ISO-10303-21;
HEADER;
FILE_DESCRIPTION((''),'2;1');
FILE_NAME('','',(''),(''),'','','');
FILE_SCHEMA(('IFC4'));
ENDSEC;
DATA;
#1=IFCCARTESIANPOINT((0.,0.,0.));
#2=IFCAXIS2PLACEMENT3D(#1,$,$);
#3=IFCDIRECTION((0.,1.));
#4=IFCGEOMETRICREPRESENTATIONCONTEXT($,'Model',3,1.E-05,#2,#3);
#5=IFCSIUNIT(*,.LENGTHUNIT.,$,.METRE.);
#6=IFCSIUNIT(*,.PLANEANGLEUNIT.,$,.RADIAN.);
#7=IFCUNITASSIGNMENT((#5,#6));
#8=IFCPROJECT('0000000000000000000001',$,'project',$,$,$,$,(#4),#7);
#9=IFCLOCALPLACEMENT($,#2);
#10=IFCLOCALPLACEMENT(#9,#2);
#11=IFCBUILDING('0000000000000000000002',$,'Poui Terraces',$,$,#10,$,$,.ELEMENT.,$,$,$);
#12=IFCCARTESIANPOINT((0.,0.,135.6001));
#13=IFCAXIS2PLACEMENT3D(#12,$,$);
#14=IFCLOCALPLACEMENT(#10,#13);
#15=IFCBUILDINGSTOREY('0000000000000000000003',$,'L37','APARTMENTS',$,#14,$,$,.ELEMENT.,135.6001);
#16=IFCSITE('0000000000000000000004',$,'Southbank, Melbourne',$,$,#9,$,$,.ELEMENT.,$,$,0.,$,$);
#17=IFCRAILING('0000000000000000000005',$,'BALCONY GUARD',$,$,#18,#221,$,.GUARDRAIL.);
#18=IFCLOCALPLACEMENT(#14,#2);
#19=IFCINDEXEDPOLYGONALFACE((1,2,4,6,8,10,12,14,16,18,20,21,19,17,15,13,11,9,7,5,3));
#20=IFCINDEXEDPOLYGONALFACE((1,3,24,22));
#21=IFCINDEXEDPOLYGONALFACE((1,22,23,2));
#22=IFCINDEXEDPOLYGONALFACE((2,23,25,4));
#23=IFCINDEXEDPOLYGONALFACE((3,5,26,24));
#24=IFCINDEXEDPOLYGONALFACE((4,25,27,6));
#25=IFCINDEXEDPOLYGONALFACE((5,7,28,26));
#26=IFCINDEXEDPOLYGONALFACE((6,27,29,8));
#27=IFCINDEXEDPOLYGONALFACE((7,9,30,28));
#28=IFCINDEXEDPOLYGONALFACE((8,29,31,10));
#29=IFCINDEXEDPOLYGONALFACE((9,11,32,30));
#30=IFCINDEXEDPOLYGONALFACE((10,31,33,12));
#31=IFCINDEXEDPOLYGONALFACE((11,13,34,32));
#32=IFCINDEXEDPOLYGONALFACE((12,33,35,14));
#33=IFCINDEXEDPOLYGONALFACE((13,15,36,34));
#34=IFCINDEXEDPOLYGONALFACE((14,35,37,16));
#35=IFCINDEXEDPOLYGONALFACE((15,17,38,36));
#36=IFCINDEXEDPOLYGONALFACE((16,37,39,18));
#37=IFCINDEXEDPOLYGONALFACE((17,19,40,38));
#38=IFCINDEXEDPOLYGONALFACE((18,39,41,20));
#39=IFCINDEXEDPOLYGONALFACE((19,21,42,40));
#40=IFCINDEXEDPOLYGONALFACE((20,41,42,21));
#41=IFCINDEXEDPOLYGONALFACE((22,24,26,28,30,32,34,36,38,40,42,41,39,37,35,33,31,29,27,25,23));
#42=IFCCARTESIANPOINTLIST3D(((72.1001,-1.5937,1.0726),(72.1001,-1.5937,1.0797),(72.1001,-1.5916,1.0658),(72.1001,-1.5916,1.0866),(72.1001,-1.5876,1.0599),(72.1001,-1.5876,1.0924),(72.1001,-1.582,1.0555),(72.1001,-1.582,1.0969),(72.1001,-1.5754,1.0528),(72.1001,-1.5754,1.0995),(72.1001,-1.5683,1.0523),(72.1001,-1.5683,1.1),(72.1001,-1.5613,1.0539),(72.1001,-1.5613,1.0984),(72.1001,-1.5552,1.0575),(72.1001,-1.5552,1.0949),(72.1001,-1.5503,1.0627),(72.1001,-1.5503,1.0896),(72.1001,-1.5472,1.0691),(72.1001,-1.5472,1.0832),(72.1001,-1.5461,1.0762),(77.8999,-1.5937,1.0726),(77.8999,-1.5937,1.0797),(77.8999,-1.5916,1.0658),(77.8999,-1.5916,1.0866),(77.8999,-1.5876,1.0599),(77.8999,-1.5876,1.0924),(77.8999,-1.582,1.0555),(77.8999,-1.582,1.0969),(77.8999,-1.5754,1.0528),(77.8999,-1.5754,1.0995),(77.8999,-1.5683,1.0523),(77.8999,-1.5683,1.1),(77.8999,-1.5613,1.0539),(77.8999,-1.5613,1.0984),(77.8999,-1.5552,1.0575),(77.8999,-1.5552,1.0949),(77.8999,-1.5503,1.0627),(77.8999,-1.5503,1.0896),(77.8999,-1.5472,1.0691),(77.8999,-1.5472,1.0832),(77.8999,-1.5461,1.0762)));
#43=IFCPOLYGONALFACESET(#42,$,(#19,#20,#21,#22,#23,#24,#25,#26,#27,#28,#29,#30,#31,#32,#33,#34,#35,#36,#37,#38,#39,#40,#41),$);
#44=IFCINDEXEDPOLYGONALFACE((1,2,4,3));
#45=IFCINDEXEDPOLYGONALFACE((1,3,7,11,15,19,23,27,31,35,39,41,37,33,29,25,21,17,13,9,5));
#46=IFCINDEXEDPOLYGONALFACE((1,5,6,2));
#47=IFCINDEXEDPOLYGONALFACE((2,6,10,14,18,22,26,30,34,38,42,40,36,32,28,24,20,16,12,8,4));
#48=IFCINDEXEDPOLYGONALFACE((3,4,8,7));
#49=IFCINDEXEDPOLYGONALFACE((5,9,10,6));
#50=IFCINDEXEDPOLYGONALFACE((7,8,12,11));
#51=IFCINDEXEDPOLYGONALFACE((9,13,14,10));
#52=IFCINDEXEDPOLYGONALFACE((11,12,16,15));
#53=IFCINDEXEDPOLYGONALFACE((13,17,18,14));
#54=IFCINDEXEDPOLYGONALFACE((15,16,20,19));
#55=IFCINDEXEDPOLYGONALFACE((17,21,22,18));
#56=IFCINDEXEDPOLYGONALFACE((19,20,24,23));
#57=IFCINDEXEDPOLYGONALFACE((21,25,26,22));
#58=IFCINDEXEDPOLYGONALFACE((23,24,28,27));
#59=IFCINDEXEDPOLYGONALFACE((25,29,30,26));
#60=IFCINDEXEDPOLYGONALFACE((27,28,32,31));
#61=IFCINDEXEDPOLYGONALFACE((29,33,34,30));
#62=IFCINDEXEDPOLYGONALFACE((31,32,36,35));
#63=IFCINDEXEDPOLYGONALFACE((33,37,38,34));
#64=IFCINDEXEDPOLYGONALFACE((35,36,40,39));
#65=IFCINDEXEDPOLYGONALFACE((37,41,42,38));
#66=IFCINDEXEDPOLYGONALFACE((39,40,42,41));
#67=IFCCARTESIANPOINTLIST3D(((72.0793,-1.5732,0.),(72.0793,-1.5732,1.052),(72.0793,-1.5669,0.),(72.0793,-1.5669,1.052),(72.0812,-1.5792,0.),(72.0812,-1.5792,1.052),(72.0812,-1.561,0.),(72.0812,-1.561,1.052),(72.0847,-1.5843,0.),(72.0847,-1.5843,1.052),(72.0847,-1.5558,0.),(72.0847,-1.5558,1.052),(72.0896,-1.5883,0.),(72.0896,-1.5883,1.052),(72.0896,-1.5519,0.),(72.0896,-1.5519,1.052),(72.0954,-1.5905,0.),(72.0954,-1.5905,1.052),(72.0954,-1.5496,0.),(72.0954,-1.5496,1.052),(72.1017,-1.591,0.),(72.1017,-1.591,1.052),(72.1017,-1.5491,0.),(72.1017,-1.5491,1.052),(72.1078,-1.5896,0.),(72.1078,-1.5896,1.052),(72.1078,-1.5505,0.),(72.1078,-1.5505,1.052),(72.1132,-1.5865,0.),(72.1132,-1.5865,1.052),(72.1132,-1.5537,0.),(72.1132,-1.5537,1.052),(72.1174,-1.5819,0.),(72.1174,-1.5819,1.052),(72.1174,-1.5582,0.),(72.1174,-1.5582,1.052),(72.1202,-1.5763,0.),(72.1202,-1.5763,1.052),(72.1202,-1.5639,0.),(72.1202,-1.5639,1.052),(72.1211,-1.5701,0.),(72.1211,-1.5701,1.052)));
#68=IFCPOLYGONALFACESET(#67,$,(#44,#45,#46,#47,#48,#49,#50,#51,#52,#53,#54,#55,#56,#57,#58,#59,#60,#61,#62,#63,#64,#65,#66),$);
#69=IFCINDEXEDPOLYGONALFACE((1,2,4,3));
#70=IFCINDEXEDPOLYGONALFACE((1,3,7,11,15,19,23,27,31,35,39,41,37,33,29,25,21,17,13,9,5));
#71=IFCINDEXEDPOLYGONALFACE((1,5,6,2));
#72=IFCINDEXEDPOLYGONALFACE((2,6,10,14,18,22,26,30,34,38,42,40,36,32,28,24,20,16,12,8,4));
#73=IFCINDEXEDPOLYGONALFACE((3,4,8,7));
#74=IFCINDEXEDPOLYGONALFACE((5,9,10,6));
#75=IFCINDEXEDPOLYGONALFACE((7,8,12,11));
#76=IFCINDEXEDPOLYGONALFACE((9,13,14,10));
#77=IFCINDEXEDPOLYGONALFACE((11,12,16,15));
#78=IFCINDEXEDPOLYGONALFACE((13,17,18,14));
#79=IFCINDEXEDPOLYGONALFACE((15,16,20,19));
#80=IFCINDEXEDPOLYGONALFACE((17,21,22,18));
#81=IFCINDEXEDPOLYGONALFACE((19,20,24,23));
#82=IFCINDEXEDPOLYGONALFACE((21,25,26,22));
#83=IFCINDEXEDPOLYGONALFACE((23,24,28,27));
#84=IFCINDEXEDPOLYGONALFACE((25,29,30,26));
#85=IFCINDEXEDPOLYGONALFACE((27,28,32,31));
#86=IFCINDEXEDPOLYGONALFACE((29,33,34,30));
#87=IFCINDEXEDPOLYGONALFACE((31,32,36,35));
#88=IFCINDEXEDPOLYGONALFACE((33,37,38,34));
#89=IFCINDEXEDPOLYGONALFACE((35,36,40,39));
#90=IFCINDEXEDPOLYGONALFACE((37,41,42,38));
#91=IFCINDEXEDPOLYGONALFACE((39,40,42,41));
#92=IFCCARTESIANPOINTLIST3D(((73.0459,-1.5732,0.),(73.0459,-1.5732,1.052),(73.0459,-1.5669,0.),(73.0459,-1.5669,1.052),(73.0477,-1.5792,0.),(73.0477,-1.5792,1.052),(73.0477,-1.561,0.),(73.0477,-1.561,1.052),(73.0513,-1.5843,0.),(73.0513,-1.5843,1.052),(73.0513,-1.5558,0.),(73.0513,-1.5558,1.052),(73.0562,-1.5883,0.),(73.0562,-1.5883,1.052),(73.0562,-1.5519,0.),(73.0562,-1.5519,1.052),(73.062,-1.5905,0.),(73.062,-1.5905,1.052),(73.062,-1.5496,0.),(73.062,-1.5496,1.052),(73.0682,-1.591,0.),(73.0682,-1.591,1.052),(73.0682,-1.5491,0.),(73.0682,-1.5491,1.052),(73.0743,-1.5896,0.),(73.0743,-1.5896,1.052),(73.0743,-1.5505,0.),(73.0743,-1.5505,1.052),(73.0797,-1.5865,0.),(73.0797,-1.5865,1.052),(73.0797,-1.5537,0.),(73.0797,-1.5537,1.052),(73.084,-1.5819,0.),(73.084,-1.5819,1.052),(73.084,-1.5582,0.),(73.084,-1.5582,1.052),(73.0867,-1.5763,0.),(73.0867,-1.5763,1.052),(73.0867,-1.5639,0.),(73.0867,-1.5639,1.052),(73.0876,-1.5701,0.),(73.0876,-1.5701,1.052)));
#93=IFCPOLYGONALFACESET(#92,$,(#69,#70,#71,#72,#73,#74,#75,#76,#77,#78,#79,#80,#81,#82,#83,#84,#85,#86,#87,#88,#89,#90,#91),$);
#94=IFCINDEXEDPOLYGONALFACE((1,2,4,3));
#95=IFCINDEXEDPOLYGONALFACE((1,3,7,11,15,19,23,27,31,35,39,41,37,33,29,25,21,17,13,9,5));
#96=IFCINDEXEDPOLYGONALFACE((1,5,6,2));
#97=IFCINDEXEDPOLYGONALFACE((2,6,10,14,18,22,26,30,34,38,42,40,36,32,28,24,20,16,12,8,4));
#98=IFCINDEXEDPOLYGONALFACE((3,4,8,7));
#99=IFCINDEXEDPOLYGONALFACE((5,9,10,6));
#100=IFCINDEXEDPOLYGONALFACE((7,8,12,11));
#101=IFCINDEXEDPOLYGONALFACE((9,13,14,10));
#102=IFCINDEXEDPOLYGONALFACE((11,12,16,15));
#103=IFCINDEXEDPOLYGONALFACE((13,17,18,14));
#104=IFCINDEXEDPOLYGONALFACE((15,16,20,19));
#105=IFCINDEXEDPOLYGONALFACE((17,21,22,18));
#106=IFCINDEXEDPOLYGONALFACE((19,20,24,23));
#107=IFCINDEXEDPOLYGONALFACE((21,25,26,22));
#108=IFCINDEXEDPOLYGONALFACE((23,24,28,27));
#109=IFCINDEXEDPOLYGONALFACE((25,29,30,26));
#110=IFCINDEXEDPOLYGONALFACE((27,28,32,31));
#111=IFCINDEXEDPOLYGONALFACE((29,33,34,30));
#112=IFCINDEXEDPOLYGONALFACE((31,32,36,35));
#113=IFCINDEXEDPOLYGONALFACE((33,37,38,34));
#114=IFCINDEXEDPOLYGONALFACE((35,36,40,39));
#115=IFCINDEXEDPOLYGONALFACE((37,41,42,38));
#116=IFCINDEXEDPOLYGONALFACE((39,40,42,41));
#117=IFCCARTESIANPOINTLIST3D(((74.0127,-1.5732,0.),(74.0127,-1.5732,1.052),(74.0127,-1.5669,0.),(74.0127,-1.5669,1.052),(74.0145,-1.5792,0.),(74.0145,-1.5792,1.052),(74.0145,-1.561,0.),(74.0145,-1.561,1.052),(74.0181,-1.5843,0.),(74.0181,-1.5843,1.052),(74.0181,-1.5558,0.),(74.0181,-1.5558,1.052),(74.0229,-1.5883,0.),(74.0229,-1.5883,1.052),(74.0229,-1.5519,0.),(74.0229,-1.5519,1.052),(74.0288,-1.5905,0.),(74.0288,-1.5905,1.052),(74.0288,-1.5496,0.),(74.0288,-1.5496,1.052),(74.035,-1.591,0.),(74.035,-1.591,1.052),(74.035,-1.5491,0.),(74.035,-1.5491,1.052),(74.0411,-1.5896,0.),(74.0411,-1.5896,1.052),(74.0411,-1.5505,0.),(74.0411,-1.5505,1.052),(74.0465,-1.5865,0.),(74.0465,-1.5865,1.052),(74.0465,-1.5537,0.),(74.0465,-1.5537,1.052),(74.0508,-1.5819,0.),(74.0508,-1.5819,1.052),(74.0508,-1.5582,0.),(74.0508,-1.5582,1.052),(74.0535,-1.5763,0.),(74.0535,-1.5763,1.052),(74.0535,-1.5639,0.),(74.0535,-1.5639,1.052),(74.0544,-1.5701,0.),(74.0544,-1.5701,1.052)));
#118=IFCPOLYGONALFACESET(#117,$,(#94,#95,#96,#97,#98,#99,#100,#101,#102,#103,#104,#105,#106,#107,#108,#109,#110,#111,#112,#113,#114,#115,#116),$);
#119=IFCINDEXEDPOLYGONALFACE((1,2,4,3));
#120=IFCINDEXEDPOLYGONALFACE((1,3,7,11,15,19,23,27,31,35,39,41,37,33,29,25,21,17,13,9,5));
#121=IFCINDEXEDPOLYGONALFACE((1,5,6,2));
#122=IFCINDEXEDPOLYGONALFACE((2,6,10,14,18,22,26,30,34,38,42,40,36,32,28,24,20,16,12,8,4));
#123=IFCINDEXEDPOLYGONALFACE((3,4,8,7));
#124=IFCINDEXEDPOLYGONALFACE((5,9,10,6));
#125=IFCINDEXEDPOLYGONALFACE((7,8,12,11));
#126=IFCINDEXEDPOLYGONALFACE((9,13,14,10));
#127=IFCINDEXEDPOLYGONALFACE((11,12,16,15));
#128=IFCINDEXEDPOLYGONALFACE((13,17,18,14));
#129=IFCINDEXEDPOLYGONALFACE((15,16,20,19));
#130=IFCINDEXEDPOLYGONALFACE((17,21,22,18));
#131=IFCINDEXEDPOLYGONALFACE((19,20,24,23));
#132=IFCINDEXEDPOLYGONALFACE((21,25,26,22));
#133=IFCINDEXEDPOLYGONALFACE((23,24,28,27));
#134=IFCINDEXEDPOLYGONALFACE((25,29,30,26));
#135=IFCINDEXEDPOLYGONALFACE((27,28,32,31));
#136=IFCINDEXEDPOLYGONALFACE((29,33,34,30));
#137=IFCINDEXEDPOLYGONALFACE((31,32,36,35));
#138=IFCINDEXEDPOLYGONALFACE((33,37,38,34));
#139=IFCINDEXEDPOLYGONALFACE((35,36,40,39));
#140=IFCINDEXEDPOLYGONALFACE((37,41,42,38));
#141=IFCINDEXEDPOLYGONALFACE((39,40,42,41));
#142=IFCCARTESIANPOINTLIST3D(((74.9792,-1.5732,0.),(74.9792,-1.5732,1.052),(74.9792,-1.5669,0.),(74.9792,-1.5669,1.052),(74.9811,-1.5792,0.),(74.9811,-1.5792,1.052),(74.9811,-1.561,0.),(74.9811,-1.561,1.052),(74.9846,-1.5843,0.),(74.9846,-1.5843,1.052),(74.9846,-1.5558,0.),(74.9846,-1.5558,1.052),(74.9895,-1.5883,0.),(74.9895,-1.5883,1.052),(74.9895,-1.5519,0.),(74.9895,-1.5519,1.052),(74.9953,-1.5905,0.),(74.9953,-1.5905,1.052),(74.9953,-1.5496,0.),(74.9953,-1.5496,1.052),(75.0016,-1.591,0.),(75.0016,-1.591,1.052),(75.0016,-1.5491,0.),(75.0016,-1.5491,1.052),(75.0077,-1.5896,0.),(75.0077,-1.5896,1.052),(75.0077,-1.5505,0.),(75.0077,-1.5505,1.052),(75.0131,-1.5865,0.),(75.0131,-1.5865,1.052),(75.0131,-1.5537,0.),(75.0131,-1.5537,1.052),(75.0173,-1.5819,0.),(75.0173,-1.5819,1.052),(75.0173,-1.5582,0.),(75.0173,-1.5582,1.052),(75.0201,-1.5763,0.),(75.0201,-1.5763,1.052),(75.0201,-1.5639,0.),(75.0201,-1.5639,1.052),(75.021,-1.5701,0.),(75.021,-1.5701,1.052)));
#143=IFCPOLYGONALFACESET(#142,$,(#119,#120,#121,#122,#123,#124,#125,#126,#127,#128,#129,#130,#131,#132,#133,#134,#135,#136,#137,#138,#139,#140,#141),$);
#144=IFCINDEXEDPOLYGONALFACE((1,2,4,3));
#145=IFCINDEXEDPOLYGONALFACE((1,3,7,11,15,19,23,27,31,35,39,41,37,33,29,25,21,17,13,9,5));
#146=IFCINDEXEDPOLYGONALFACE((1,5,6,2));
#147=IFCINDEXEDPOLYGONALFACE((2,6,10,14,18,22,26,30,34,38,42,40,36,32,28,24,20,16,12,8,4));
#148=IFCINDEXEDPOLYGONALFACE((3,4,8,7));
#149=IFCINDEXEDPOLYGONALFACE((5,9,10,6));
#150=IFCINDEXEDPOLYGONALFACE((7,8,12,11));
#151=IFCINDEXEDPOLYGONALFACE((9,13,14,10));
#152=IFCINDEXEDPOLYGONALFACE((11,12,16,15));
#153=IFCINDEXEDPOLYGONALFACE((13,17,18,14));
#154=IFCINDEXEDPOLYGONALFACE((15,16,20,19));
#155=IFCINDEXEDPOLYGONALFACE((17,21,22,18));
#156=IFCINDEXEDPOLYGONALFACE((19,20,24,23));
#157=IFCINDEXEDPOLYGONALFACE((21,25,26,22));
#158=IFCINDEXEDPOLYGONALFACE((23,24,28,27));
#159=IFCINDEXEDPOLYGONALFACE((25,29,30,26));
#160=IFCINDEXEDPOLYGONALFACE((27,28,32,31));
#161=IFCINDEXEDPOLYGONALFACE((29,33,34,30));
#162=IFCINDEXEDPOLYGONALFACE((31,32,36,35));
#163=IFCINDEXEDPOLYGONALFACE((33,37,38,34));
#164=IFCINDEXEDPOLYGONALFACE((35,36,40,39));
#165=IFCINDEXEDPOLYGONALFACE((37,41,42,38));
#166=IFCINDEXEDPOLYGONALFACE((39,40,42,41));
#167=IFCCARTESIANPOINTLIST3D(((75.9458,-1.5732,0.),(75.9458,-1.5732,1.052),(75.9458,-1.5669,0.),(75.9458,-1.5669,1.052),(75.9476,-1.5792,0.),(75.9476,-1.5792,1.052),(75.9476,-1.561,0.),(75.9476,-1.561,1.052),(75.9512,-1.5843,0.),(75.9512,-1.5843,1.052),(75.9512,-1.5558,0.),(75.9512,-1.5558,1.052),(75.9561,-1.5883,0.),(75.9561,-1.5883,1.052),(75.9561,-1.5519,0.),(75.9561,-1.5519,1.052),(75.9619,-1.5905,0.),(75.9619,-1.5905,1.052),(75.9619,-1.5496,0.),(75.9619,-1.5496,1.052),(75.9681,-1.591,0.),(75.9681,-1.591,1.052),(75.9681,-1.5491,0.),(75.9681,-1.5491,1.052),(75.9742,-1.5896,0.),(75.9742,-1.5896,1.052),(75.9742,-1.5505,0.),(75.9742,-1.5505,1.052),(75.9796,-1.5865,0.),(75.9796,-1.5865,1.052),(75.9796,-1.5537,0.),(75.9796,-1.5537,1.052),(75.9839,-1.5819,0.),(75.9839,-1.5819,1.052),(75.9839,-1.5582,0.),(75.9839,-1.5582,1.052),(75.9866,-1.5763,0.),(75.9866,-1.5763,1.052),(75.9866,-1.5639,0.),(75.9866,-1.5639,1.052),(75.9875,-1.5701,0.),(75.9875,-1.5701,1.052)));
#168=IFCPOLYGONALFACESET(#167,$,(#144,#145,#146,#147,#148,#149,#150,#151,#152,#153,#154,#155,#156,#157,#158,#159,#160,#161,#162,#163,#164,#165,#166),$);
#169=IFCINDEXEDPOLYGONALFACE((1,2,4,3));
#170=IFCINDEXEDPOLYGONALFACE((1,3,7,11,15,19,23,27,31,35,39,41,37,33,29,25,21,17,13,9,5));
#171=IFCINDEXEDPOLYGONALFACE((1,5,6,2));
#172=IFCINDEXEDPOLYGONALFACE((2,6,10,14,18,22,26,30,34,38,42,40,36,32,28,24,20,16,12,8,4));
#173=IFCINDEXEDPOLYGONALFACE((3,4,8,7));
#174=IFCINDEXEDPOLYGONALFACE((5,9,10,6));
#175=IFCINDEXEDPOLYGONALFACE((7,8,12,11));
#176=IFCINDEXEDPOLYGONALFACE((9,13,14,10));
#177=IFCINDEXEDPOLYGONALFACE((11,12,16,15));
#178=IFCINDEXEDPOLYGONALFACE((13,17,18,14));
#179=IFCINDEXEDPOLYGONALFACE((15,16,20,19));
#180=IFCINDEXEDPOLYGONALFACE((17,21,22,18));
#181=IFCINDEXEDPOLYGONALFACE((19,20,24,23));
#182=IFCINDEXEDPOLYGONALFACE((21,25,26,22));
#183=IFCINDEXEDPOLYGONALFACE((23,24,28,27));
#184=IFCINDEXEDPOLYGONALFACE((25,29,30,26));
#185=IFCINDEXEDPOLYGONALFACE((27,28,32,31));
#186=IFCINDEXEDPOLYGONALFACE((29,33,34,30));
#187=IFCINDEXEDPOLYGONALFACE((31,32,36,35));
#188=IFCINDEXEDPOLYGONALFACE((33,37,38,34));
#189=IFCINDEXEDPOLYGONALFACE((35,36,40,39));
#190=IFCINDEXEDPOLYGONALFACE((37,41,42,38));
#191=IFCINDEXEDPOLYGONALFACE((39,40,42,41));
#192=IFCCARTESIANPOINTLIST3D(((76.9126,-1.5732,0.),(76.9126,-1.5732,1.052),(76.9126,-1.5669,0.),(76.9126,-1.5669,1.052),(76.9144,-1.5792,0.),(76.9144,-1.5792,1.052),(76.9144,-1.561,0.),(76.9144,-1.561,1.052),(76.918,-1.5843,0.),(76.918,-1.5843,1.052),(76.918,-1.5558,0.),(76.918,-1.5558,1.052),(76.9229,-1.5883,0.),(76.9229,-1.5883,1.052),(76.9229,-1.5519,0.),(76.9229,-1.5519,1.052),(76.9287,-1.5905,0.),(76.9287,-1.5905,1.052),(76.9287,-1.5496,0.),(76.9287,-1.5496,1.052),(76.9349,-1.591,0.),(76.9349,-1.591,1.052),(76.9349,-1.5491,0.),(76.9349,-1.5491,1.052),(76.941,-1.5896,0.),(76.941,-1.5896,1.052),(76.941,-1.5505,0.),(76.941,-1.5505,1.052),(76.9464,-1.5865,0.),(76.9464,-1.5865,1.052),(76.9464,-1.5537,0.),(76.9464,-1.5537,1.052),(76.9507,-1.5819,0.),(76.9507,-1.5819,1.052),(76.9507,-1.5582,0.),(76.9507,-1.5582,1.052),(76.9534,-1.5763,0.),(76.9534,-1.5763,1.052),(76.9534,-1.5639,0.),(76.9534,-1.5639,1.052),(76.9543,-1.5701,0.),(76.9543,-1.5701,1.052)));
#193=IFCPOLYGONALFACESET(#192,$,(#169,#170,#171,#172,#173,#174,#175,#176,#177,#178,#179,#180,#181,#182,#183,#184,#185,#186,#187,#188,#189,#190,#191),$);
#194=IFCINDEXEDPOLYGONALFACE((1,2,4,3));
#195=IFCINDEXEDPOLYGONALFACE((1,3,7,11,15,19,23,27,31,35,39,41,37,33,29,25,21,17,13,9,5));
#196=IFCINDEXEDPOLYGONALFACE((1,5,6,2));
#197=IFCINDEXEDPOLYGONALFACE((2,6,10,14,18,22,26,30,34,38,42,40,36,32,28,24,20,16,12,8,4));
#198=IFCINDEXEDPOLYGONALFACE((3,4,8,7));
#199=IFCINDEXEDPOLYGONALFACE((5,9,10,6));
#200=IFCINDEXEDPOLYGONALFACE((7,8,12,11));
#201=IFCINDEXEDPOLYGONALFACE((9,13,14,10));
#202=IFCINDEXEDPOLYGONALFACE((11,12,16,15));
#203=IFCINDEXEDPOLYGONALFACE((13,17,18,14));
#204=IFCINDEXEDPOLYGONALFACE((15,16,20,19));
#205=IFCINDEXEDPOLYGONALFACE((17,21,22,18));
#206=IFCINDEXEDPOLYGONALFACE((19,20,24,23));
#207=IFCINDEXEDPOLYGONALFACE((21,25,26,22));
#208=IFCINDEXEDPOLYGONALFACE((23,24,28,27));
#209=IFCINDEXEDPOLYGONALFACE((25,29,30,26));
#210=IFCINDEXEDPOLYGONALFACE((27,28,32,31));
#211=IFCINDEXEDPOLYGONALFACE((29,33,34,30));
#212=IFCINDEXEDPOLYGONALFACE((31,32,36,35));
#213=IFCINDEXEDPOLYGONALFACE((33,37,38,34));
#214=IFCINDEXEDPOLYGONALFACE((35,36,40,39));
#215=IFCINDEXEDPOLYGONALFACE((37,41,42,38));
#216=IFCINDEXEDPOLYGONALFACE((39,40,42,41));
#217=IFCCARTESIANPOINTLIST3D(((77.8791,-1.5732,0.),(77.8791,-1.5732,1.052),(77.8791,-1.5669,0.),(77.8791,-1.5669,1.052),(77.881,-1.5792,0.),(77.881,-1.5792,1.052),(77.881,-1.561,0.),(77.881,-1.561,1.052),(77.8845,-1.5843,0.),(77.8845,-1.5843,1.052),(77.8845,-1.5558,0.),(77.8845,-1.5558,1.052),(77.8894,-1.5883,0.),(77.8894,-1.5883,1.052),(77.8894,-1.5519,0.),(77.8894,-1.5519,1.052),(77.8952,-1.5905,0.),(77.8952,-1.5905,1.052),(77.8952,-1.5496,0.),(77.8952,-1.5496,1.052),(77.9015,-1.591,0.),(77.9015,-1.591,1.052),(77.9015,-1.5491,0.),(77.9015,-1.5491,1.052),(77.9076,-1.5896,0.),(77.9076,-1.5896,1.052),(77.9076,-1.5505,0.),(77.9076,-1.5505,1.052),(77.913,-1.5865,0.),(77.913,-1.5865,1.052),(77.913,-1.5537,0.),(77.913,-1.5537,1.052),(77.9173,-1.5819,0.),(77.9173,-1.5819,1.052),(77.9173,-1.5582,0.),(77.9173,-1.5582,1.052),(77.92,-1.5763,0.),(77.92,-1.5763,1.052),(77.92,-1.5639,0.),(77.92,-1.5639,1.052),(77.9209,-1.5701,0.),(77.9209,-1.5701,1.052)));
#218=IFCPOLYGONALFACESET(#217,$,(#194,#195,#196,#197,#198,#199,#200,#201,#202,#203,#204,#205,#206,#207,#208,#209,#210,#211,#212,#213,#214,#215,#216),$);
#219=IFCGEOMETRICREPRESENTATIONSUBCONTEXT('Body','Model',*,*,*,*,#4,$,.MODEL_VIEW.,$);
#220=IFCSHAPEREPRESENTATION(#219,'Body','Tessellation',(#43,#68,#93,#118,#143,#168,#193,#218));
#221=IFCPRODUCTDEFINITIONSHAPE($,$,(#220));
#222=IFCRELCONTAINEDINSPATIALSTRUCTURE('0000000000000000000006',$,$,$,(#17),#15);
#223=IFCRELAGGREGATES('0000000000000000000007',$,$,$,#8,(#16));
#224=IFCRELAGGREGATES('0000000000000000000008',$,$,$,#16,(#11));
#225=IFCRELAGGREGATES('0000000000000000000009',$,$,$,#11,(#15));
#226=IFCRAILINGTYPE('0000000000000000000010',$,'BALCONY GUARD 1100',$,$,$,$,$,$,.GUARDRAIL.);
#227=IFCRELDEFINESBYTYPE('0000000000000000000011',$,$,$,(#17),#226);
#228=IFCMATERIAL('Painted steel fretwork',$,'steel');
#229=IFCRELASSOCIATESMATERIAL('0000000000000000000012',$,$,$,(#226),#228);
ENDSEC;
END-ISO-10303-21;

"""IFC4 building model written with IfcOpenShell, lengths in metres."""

from ifc_helpers import new_model, si_unit, direction, frame, origin, origin_2d, place, context, subcontext, project, spatial, circle, extrude, material, type_object, element, save


model = new_model("IFC4")

# Units and contexts
model_context = context("Model", 3, precision=1e-05, world=origin(), true_north=direction((0.0, 1.0)))
body_context = subcontext(model_context, "Body", "Model", "MODEL_VIEW")
ifc_project = project(units=[si_unit("LENGTHUNIT", "METRE"), si_unit("PLANEANGLEUNIT", "RADIAN")], contexts=[model_context])

# Site, building, storey
site_placement = place(None, origin())
site = spatial("IfcSite", under=ifc_project, at=site_placement, Name="Southbank, Melbourne", CompositionType="ELEMENT", RefElevation=0.0)
building_placement = place(site_placement, origin())
building = spatial("IfcBuilding", under=site, at=building_placement, Name="Poui Terraces", CompositionType="ELEMENT")
storey_placement = place(building_placement, frame((0.0, 0.0, 135.6001)))
storey = spatial("IfcBuildingStorey", under=building, at=storey_placement, Name="L37", Description="APARTMENTS", CompositionType="ELEMENT", Elevation=135.6001)

# Railing
ifc_material_1 = material(Name="Painted steel fretwork", Category="steel")
railing_type_1 = type_object("IfcRailingType", Name="BALCONY GUARD 1100", PredefinedType="GUARDRAIL", material=ifc_material_1)
railing_1_placement = place(storey_placement, frame((72.1001, -1.5701, 0.0)))
element("IfcRailing", 1, at=railing_1_placement, inside=storey, type_object=railing_type_1, Name="BALCONY GUARD", PredefinedType="GUARDRAIL", context=body_context, shape_type="SweptSolid", body=[
    extrude(circle(Radius=0.0239, at=origin_2d()), frame((0.0, 0.0, 1.0762), z_axis=(1.0, 0.0, 0.0), x_axis=(0.0, 1.0, 0.0)), (0.0, 0.0, 1.0), 5.7998),
    extrude(circle(Radius=0.021, at=origin_2d()), origin(), (0.0, 0.0, 1.0), 1.052),
    extrude(circle(Radius=0.021, at=origin_2d()), frame((0.9666, 0.0, 0.0)), (0.0, 0.0, 1.0), 1.052),
    extrude(circle(Radius=0.021, at=origin_2d()), frame((1.9333, 0.0, 0.0)), (0.0, 0.0, 1.0), 1.052),
    extrude(circle(Radius=0.021, at=origin_2d()), frame((2.8999, 0.0, 0.0)), (0.0, 0.0, 1.0), 1.052),
    extrude(circle(Radius=0.021, at=origin_2d()), frame((3.8665, 0.0, 0.0)), (0.0, 0.0, 1.0), 1.052),
    extrude(circle(Radius=0.021, at=origin_2d()), frame((4.8333, 0.0, 0.0)), (0.0, 0.0, 1.0), 1.052),
    extrude(circle(Radius=0.021, at=origin_2d()), frame((5.7998, 0.0, 0.0)), (0.0, 0.0, 1.0), 1.052),
])

save(model, "model.ifc")
